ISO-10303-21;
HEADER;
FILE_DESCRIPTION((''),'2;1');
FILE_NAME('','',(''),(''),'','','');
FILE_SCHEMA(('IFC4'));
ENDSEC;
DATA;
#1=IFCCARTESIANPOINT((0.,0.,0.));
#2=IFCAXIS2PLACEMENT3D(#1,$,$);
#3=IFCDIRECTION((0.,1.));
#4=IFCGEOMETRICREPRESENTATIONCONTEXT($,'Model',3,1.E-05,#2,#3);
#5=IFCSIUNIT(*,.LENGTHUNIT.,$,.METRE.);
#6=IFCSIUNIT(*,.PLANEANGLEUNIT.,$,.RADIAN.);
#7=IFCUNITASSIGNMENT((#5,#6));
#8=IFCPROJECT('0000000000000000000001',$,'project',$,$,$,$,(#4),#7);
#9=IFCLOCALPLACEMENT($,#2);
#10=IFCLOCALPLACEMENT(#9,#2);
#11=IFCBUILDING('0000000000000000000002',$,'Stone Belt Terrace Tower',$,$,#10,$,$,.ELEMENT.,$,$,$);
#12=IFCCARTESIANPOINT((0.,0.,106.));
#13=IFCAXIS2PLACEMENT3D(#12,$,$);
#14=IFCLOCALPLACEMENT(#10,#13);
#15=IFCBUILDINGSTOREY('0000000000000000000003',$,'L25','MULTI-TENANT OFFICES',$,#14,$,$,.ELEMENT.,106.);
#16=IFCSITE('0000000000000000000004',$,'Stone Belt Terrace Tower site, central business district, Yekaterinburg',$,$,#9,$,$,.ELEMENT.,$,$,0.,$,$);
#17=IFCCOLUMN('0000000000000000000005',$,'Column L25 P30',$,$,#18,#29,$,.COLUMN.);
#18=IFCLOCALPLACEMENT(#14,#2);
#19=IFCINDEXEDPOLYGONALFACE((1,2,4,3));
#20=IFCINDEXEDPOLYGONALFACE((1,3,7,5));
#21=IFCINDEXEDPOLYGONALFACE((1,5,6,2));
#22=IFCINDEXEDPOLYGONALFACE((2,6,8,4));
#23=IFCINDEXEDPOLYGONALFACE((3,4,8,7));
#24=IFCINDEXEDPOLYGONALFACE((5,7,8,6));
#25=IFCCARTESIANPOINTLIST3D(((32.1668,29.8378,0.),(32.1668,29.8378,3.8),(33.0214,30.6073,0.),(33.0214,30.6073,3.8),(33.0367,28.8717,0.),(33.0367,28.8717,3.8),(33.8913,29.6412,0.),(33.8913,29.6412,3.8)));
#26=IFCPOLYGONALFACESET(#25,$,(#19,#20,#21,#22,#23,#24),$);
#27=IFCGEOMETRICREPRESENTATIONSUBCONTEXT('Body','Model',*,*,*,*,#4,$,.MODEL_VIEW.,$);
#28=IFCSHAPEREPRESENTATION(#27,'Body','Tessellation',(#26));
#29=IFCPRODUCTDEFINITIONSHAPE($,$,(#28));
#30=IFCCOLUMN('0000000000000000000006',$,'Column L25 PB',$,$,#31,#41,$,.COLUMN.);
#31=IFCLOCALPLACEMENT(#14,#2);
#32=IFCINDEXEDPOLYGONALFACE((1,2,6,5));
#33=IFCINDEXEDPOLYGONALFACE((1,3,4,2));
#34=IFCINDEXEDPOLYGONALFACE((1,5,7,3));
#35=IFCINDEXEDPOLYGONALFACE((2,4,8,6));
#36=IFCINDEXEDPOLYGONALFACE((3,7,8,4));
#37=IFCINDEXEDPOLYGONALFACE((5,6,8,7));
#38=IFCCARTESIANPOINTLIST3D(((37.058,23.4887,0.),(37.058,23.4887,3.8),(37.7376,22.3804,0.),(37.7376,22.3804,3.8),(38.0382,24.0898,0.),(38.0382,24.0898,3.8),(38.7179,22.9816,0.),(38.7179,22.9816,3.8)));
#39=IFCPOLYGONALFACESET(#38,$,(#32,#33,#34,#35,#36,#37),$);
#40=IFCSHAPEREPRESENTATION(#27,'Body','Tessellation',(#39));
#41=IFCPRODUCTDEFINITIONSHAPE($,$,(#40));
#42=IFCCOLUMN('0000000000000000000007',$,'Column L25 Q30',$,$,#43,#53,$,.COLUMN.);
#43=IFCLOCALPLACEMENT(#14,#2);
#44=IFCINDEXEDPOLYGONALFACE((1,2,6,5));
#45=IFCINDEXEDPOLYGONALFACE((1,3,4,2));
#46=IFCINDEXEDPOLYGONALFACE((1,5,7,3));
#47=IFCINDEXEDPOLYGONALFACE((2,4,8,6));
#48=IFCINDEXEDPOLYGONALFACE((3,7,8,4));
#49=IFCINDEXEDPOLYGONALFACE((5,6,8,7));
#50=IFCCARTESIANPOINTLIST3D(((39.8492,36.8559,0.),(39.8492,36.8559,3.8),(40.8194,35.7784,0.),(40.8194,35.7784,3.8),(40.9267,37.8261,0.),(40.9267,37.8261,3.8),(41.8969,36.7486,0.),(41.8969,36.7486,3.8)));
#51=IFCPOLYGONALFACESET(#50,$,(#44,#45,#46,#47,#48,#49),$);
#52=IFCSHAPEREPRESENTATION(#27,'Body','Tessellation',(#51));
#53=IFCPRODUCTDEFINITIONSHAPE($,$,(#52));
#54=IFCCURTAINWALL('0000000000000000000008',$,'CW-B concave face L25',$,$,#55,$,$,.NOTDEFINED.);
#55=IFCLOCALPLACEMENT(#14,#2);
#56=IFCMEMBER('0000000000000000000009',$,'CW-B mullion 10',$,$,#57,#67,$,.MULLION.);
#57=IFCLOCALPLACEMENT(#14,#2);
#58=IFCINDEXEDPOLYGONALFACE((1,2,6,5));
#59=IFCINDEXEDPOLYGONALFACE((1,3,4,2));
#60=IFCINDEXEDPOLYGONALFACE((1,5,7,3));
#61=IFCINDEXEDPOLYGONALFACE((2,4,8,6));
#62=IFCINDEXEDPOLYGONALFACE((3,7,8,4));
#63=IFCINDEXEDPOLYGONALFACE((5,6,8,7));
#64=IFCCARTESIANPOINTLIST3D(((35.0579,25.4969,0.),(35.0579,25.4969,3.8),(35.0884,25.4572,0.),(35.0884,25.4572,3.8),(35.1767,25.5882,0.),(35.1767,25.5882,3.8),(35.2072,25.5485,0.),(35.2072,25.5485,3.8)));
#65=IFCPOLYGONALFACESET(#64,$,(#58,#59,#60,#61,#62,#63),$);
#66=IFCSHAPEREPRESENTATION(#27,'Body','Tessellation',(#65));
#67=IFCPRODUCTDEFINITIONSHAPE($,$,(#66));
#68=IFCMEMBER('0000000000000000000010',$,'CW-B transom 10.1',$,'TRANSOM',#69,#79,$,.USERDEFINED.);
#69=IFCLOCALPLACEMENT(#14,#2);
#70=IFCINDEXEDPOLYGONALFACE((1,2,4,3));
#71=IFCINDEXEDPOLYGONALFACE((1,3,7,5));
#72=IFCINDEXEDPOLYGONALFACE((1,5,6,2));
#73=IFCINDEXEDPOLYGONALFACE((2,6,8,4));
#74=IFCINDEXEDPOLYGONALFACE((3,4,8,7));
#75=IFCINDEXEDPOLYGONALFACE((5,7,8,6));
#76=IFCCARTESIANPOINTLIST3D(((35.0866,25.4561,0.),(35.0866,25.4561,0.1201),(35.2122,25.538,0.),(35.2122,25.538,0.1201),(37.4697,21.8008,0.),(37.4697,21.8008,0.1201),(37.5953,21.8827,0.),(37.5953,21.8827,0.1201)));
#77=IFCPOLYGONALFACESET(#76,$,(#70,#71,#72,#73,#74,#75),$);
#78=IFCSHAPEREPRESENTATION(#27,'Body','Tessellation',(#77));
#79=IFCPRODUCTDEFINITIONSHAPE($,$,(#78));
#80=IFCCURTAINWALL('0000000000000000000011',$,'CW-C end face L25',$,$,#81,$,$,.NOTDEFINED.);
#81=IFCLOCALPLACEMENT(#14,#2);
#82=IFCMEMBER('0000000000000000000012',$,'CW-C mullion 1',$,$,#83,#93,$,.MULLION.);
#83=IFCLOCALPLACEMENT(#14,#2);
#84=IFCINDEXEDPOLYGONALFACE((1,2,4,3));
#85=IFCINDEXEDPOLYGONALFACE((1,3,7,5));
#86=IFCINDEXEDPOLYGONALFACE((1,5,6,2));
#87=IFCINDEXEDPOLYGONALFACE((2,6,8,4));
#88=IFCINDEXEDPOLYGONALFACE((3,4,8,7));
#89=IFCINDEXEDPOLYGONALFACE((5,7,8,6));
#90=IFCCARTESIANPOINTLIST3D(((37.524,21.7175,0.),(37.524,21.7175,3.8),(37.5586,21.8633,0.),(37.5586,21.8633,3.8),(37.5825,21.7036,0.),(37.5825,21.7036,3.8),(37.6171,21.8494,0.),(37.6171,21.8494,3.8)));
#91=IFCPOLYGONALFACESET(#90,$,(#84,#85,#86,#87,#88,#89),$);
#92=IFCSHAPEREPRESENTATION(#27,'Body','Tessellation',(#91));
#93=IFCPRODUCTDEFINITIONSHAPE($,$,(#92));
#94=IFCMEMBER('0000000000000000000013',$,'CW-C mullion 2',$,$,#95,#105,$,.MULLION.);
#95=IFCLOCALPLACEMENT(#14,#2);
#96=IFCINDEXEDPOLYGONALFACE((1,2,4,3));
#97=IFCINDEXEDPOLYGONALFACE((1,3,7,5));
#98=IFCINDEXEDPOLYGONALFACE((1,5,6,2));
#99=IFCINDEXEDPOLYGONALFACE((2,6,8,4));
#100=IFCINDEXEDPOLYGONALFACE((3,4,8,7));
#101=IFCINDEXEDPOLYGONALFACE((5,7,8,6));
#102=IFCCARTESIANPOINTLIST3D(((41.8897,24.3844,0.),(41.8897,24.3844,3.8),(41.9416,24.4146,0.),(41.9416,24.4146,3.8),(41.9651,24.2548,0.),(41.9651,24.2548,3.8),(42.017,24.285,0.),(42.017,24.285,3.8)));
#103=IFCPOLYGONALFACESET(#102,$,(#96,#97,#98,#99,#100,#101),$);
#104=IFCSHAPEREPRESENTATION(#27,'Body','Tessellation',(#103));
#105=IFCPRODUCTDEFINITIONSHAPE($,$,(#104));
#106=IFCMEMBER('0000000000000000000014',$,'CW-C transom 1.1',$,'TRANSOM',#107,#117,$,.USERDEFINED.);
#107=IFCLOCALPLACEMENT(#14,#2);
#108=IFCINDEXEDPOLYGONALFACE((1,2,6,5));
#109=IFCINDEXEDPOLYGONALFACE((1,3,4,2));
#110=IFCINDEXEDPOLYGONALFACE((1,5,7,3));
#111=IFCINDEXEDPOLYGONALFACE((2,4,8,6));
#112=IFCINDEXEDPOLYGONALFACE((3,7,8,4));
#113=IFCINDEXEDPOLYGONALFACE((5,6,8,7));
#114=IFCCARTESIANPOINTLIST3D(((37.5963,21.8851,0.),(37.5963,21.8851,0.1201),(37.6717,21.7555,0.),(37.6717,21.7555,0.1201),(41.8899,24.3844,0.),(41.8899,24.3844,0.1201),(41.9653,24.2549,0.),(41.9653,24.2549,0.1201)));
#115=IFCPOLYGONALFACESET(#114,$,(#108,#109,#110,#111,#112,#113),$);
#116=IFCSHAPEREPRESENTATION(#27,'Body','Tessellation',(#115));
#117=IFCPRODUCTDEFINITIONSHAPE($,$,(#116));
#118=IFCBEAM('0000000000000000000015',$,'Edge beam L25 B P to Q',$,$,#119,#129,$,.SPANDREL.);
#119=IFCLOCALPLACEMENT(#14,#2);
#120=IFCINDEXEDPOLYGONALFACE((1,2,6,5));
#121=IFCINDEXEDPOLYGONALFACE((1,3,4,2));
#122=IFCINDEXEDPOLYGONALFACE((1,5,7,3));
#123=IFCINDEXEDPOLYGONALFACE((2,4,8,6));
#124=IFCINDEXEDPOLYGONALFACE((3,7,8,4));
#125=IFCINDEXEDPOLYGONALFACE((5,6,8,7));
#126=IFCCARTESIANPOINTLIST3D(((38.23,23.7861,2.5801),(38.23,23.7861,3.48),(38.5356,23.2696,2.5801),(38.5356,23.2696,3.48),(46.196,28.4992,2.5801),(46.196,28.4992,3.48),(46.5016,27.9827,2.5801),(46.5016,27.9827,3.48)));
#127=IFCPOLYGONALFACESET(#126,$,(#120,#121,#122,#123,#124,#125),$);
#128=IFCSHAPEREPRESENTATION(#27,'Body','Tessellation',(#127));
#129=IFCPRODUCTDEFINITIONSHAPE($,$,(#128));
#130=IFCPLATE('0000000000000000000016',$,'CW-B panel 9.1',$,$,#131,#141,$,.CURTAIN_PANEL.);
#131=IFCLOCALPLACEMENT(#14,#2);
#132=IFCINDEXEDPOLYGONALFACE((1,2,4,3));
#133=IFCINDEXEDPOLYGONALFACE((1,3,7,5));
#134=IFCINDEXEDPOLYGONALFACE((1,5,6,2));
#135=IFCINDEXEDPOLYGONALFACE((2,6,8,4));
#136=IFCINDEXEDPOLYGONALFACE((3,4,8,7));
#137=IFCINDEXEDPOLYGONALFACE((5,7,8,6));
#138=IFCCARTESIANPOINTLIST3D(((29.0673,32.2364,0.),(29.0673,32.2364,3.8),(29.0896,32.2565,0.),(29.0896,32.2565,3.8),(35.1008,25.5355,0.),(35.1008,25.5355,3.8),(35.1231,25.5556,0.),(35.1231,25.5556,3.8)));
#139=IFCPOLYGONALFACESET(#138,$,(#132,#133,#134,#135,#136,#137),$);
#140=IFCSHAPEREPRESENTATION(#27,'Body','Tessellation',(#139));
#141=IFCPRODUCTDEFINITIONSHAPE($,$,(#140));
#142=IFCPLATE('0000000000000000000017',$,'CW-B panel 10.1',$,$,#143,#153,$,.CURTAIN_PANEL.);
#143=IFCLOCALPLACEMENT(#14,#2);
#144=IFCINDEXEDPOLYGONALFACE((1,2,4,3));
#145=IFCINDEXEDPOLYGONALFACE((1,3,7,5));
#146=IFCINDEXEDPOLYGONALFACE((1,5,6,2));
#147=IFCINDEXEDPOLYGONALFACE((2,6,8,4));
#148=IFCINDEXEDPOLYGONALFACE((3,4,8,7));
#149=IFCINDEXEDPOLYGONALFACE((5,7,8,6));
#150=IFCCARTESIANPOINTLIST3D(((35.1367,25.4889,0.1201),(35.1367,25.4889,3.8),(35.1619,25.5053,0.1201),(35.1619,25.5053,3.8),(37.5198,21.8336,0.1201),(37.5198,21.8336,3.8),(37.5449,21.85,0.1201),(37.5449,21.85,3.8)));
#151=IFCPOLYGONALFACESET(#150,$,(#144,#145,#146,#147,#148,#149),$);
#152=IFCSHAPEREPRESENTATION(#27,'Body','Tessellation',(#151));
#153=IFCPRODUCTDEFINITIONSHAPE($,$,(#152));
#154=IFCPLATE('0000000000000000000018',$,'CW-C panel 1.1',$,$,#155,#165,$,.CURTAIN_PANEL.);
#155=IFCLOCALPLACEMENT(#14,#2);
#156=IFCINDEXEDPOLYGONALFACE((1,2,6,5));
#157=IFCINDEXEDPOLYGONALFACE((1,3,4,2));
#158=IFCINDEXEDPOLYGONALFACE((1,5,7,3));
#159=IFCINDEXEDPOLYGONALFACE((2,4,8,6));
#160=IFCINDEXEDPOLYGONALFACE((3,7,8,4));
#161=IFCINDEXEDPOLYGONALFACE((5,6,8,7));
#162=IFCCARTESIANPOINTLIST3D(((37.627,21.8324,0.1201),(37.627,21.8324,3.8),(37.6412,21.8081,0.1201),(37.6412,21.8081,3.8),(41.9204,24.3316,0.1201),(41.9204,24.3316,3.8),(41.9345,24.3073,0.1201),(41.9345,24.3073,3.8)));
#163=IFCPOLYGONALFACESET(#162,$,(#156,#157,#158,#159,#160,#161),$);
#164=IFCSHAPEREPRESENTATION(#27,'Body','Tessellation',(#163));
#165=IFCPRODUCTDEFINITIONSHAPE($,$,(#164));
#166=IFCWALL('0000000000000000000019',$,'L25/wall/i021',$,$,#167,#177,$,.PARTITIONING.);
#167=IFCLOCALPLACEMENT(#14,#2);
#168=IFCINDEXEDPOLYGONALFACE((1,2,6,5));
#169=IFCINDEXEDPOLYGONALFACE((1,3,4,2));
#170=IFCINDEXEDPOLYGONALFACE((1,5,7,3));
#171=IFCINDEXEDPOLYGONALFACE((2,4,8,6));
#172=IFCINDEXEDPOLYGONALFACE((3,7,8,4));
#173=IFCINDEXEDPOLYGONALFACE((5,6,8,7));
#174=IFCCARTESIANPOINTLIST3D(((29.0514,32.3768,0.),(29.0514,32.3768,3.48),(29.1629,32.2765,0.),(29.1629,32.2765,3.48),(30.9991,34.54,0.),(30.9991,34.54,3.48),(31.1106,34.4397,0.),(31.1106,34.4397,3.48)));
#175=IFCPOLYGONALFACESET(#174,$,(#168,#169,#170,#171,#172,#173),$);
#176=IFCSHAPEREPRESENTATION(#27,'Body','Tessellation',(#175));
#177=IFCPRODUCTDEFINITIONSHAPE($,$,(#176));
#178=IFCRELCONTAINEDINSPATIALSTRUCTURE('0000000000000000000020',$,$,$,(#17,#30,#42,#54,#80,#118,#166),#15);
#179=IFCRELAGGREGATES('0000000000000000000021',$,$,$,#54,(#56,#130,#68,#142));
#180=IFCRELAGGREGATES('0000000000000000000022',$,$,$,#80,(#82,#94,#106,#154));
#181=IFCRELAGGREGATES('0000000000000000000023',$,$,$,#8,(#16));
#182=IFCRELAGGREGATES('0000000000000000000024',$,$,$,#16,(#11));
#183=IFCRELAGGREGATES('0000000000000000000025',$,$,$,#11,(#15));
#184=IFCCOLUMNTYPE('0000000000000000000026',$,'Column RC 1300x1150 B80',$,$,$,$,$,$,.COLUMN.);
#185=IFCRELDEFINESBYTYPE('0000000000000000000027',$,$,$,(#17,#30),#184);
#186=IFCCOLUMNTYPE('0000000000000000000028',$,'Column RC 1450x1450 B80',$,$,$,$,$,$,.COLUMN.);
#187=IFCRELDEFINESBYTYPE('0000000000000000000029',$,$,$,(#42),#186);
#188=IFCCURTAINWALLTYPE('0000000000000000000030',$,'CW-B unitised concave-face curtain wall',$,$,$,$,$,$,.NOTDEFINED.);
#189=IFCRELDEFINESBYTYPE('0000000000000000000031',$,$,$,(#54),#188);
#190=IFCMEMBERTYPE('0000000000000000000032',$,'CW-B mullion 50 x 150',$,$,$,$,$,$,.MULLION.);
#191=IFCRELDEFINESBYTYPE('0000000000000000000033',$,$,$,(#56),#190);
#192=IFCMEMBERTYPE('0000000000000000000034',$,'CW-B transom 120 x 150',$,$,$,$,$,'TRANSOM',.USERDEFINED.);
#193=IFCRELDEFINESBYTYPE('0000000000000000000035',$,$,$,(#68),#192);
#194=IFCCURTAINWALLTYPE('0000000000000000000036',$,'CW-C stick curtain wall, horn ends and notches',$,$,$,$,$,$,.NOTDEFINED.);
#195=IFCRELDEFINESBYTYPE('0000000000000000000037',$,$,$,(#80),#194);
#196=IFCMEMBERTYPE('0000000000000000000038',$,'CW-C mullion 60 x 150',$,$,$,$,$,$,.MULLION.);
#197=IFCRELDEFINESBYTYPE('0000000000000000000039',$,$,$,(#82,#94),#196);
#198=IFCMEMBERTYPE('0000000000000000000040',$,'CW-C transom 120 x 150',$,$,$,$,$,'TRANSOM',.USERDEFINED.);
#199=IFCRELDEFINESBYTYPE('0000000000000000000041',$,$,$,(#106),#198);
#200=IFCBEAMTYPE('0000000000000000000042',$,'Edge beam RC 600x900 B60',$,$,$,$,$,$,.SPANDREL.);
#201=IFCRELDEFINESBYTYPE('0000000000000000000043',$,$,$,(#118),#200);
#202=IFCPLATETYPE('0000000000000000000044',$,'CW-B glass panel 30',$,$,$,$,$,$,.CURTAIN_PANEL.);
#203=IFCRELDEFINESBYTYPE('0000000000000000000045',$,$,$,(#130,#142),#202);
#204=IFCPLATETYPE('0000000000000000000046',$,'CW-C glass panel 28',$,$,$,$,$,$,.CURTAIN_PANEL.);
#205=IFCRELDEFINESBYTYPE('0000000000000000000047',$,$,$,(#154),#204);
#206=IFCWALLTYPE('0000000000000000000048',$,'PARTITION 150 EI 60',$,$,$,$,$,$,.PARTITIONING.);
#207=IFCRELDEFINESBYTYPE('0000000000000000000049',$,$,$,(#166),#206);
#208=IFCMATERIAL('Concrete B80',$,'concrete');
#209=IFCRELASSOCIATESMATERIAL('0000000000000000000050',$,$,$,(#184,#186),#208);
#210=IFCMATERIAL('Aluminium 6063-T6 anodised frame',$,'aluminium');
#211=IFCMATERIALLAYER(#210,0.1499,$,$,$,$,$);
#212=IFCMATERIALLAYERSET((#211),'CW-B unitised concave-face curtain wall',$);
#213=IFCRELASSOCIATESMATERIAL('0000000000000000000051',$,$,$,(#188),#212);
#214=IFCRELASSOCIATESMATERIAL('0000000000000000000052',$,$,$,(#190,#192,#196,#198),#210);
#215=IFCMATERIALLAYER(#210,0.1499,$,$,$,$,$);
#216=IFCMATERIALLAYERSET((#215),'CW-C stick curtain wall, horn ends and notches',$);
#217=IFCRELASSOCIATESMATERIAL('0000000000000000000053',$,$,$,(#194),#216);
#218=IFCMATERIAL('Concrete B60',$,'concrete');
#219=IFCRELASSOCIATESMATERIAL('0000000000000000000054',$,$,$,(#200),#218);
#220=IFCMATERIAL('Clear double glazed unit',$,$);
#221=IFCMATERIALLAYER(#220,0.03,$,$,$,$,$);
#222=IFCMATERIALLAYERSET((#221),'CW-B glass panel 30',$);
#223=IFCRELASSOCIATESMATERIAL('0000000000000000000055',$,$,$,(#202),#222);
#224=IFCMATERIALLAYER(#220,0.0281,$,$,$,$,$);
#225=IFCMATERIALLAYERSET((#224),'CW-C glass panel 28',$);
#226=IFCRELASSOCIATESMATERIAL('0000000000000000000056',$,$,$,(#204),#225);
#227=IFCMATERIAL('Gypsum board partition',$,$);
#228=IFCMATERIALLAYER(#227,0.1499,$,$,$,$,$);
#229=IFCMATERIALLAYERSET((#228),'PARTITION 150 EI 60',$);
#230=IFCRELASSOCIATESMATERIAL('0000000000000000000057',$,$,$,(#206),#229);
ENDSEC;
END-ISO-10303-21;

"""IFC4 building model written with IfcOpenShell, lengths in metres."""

from ifc_helpers import new_model, si_unit, direction, frame, frame_2d, origin, origin_2d, place, context, subcontext, project, spatial, rectangle, extrude, material, layer, layer_set, material_profile, profile_set, type_object, element, aggregate, save


model = new_model("IFC4")

# Units and contexts
model_context = context("Model", 3, precision=1e-05, world=origin(), true_north=direction((0.0, 1.0)))
body_context = subcontext(model_context, "Body", "Model", "MODEL_VIEW")
ifc_project = project(units=[si_unit("LENGTHUNIT", "METRE"), si_unit("PLANEANGLEUNIT", "RADIAN")], contexts=[model_context])

# Site, building, storey
site_placement = place(None, origin())
site = spatial("IfcSite", under=ifc_project, at=site_placement, Name="Stone Belt Terrace Tower site, central business district, Yekaterinburg", CompositionType="ELEMENT", RefElevation=0.0)
building_placement = place(site_placement, origin())
building = spatial("IfcBuilding", under=site, at=building_placement, Name="Stone Belt Terrace Tower", CompositionType="ELEMENT")
storey_placement = place(building_placement, frame((0.0, 0.0, 106.0)))
storey = spatial("IfcBuildingStorey", under=building, at=storey_placement, Name="L25", Description="MULTI-TENANT OFFICES", CompositionType="ELEMENT", Elevation=106.0)

# Columns
ifc_material_1 = material(Name="Concrete B80", Category="concrete")
ifc_material_profile_1 = material_profile(ifc_material_1, rectangle(XDim=1.3, YDim=1.1499, at=origin_2d()), Name="RC 1300x1150")
ifc_profile_set_1 = profile_set([ifc_material_profile_1], Name="Concrete B80")
column_type_1 = type_object("IfcColumnType", Name="Column RC 1300x1150 B80", PredefinedType="COLUMN", material=ifc_profile_set_1)
for number, where, z_axis, x_axis, name in (
    (1, (33.0291, 29.7395, 0.0), (0.0, 0.0, 1.0), (0.669131, -0.743145, 0.0), "Column L25 P30"),
    (2, (37.8879, 23.2351, 0.0), (0.0, 0.0, 1.0), (0.522781, -0.852467, 0.0), "Column L25 PB"),
):
    element("IfcColumn", number, at=place(storey_placement, frame(where, z_axis=z_axis, x_axis=x_axis)), inside=storey, type_object=column_type_1, Name=name, PredefinedType="COLUMN", context=body_context, shape_type="SweptSolid", body=[
        extrude(rectangle(XDim=1.3, YDim=1.1499, at=origin_2d()), origin(), (0.0, 0.0, 1.0), 3.8),
    ])
ifc_material_profile_2 = material_profile(ifc_material_1, rectangle(XDim=1.45, YDim=1.45, at=origin_2d()), Name="RC 1450x1450")
ifc_profile_set_2 = profile_set([ifc_material_profile_2], Name="Concrete B80")
column_type_2 = type_object("IfcColumnType", Name="Column RC 1450x1450 B80", PredefinedType="COLUMN", material=ifc_profile_set_2)
column_placement = place(storey_placement, frame((40.873, 36.8022, 0.0), z_axis=(0.0, 0.0, 1.0), x_axis=(0.669131, -0.743145, 0.0)))
element("IfcColumn", 3, at=column_placement, inside=storey, type_object=column_type_2, Name="Column L25 Q30", PredefinedType="COLUMN", context=body_context, shape_type="SweptSolid", body=[
    extrude(rectangle(XDim=1.45, YDim=1.45, at=origin_2d()), origin(), (0.0, 0.0, 1.0), 3.8),
])

# Curtain walls, members
ifc_material_2 = material(Name="Aluminium 6063-T6 anodised frame", Category="aluminium")
ifc_layer_1 = layer(ifc_material_2, 0.1499)
ifc_layer_set_1 = layer_set([ifc_layer_1], Name="CW-B unitised concave-face curtain wall")
curtain_wall_type_1 = type_object("IfcCurtainWallType", Name="CW-B unitised concave-face curtain wall", PredefinedType="NOTDEFINED", material=ifc_layer_set_1)
curtain_wall_1_placement = place(storey_placement, origin())
curtain_wall_1 = element("IfcCurtainWall", 4, at=curtain_wall_1_placement, inside=storey, type_object=curtain_wall_type_1, Name="CW-B concave face L25", PredefinedType="NOTDEFINED")
ifc_material_profile_3 = material_profile(ifc_material_2, rectangle(XDim=0.1499, YDim=0.05, at=origin_2d()), Name="Aluminium 6063-T6 50x150")
ifc_profile_set_3 = profile_set([ifc_material_profile_3], Name="Aluminium 6063-T6 anodised frame")
member_type_1 = type_object("IfcMemberType", Name="CW-B mullion 50 x 150", PredefinedType="MULLION", material=ifc_profile_set_3)
member_1_placement = place(storey_placement, frame((35.1326, 25.5227, 0.0), z_axis=(0.0, 0.0, 1.0), x_axis=(0.792811, 0.609468, 0.0)))
member_1 = element("IfcMember", 5, at=member_1_placement, type_object=member_type_1, Name="CW-B mullion 10", PredefinedType="MULLION", context=body_context, shape_type="SweptSolid", body=[
    extrude(rectangle(XDim=0.1499, YDim=0.05, at=origin_2d()), origin(), (0.0, 0.0, 1.0), 3.8),
])
ifc_material_profile_4 = material_profile(ifc_material_2, rectangle(XDim=0.1499, YDim=0.1201, at=origin_2d()), Name="Aluminium 6063-T6 150x120")
ifc_profile_set_4 = profile_set([ifc_material_profile_4], Name="Aluminium 6063-T6 anodised frame")
member_type_2 = type_object("IfcMemberType", Name="CW-B transom 120 x 150", ElementType="TRANSOM", PredefinedType="USERDEFINED", material=ifc_profile_set_4)
member_2_placement = place(storey_placement, frame((35.1494, 25.4971, 0.0601), z_axis=(0.546136, -0.837696, 0.0), x_axis=(0.837696, 0.546136, 0.0)))
member_2 = element("IfcMember", 6, at=member_2_placement, type_object=member_type_2, Name="CW-B transom 10.1", ObjectType="TRANSOM", PredefinedType="USERDEFINED", context=body_context, shape_type="SweptSolid", body=[
    extrude(rectangle(XDim=0.1499, YDim=0.1201, at=origin_2d()), origin(), (0.0, 0.0, 1.0), 4.3635),
])
ifc_layer_2 = layer(ifc_material_2, 0.1499)
ifc_layer_set_2 = layer_set([ifc_layer_2], Name="CW-C stick curtain wall, horn ends and notches")
curtain_wall_type_2 = type_object("IfcCurtainWallType", Name="CW-C stick curtain wall, horn ends and notches", PredefinedType="NOTDEFINED", material=ifc_layer_set_2)
curtain_wall_2_placement = place(storey_placement, origin())
curtain_wall_2 = element("IfcCurtainWall", 7, at=curtain_wall_2_placement, inside=storey, type_object=curtain_wall_type_2, Name="CW-C end face L25", PredefinedType="NOTDEFINED")
ifc_material_profile_5 = material_profile(ifc_material_2, rectangle(XDim=0.1499, YDim=0.0601, at=origin_2d()), Name="Aluminium 6063-T6 60x150")
ifc_profile_set_5 = profile_set([ifc_material_profile_5], Name="Aluminium 6063-T6 anodised frame")
member_type_3 = type_object("IfcMemberType", Name="CW-C mullion 60 x 150", PredefinedType="MULLION", material=ifc_profile_set_5)
member_3_placement = place(storey_placement, frame((37.5706, 21.7834, 0.0), z_axis=(0.0, 0.0, 1.0), x_axis=(0.230847, 0.97299, 0.0)))
member_3 = element("IfcMember", 8, at=member_3_placement, type_object=member_type_3, Name="CW-C mullion 1", PredefinedType="MULLION", context=body_context, shape_type="SweptSolid", body=[
    extrude(rectangle(XDim=0.1499, YDim=0.0601, at=origin_2d()), origin(), (0.0, 0.0, 1.0), 3.8),
])
member_4_placement = place(storey_placement, frame((41.9534, 24.3347, 0.0), z_axis=(0.0, 0.0, 1.0), x_axis=(-0.503081, 0.864239, 0.0)))
member_4 = element("IfcMember", 9, at=member_4_placement, type_object=member_type_3, Name="CW-C mullion 2", PredefinedType="MULLION", context=body_context, shape_type="SweptSolid", body=[
    extrude(rectangle(XDim=0.1499, YDim=0.0601, at=origin_2d()), origin(), (0.0, 0.0, 1.0), 3.8),
])
ifc_material_profile_6 = material_profile(ifc_material_2, rectangle(XDim=0.1499, YDim=0.1201, at=origin_2d()), Name="Aluminium 6063-T6 150x120")
ifc_profile_set_6 = profile_set([ifc_material_profile_6], Name="Aluminium 6063-T6 anodised frame")
member_type_4 = type_object("IfcMemberType", Name="CW-C transom 120 x 150", ElementType="TRANSOM", PredefinedType="USERDEFINED", material=ifc_profile_set_6)
member_5_placement = place(storey_placement, frame((37.634, 21.8203, 0.0601), z_axis=(0.864238, 0.503082, 0.0), x_axis=(-0.503082, 0.864238, 0.0)))
member_5 = element("IfcMember", 10, at=member_5_placement, type_object=member_type_4, Name="CW-C transom 1.1", ObjectType="TRANSOM", PredefinedType="USERDEFINED", context=body_context, shape_type="SweptSolid", body=[
    extrude(rectangle(XDim=0.1499, YDim=0.1201, at=origin_2d()), origin(), (0.0, 0.0, 1.0), 4.968),
])

# Beam
ifc_material_3 = material(Name="Concrete B60", Category="concrete")
ifc_material_profile_7 = material_profile(ifc_material_3, rectangle(XDim=0.6001, YDim=0.8999, at=origin_2d()), Name="RC 600x900")
ifc_profile_set_7 = profile_set([ifc_material_profile_7], Name="Concrete B60")
beam_type = type_object("IfcBeamType", Name="Edge beam RC 600x900 B60", PredefinedType="SPANDREL", material=ifc_profile_set_7)
beam_placement = place(storey_placement, frame((38.3828, 23.5278, 3.03), z_axis=(0.860647, 0.509203, 0.0), x_axis=(-0.509203, 0.860647, 0.0)))
element("IfcBeam", 11, at=beam_placement, inside=storey, type_object=beam_type, Name="Edge beam L25 B P to Q", PredefinedType="SPANDREL", context=body_context, shape_type="SweptSolid", body=[
    extrude(rectangle(XDim=0.6001, YDim=0.8999, at=origin_2d()), origin(), (0.0, 0.0, 1.0), 9.2559),
])

# Plates
ifc_material_4 = material(Name="Clear double glazed unit")
ifc_layer_3 = layer(ifc_material_4, 0.03)
ifc_layer_set_3 = layer_set([ifc_layer_3], Name="CW-B glass panel 30")
plate_type_1 = type_object("IfcPlateType", Name="CW-B glass panel 30", PredefinedType="CURTAIN_PANEL", material=ifc_layer_set_3)
plate_1_placement = place(storey_placement, frame((32.0952, 28.896, 0.0), z_axis=(0.0, 0.0, 1.0), x_axis=(0.669131, -0.743145, 0.0)))
plate_1 = element("IfcPlate", 12, at=plate_1_placement, type_object=plate_type_1, Name="CW-B panel 9.1", PredefinedType="CURTAIN_PANEL", context=body_context, shape_type="SweptSolid", body=[
    extrude(rectangle(XDim=9.0168, YDim=0.03, at=origin_2d()), origin(), (0.0, 0.0, 1.0), 3.8),
])
plate_2_placement = place(storey_placement, frame((36.3408, 23.6694, 0.1201), z_axis=(0.0, 0.0, 1.0), x_axis=(0.546132, -0.837699, 0.0)))
plate_2 = element("IfcPlate", 13, at=plate_2_placement, type_object=plate_type_1, Name="CW-B panel 10.1", PredefinedType="CURTAIN_PANEL", context=body_context, shape_type="SweptSolid", body=[
    extrude(rectangle(XDim=4.3635, YDim=0.03, at=origin_2d()), origin(), (0.0, 0.0, 1.0), 3.6799),
])
aggregate(curtain_wall_1, [member_1, plate_1, member_2, plate_2])
ifc_layer_4 = layer(ifc_material_4, 0.0281)
ifc_layer_set_4 = layer_set([ifc_layer_4], Name="CW-C glass panel 28")
plate_type_2 = type_object("IfcPlateType", Name="CW-C glass panel 28", PredefinedType="CURTAIN_PANEL", material=ifc_layer_set_4)
plate_3_placement = place(storey_placement, frame((39.7808, 23.0698, 0.1201), z_axis=(0.0, 0.0, 1.0), x_axis=(0.864239, 0.503081, 0.0)))
plate_3 = element("IfcPlate", 14, at=plate_3_placement, type_object=plate_type_2, Name="CW-C panel 1.1", PredefinedType="CURTAIN_PANEL", context=body_context, shape_type="SweptSolid", body=[
    extrude(rectangle(XDim=4.9678, YDim=0.0281, at=origin_2d()), origin(), (0.0, 0.0, 1.0), 3.6799),
])
aggregate(curtain_wall_2, [member_3, member_4, member_5, plate_3])

# Wall
ifc_material_5 = material(Name="Gypsum board partition")
ifc_layer_5 = layer(ifc_material_5, 0.1499)
ifc_layer_set_5 = layer_set([ifc_layer_5], Name="PARTITION 150 EI 60")
wall_type_1 = type_object("IfcWallType", Name="PARTITION 150 EI 60", PredefinedType="PARTITIONING", material=ifc_layer_set_5)
wall_1_placement = place(storey_placement, frame((31.0549, 34.49, 0.0), z_axis=(0.0, 0.0, 1.0), x_axis=(-0.669108, -0.743165, 0.0)))
element("IfcWall", 15, at=wall_1_placement, inside=storey, type_object=wall_type_1, Name="L25/wall/i021", PredefinedType="PARTITIONING", context=body_context, shape_type="SweptSolid", body=[
    extrude(rectangle(XDim=2.9109, YDim=0.1499, at=frame_2d((1.4556, 0.0))), origin(), (0.0, 0.0, 1.0), 3.48),
])

save(model, "model.ifc")
